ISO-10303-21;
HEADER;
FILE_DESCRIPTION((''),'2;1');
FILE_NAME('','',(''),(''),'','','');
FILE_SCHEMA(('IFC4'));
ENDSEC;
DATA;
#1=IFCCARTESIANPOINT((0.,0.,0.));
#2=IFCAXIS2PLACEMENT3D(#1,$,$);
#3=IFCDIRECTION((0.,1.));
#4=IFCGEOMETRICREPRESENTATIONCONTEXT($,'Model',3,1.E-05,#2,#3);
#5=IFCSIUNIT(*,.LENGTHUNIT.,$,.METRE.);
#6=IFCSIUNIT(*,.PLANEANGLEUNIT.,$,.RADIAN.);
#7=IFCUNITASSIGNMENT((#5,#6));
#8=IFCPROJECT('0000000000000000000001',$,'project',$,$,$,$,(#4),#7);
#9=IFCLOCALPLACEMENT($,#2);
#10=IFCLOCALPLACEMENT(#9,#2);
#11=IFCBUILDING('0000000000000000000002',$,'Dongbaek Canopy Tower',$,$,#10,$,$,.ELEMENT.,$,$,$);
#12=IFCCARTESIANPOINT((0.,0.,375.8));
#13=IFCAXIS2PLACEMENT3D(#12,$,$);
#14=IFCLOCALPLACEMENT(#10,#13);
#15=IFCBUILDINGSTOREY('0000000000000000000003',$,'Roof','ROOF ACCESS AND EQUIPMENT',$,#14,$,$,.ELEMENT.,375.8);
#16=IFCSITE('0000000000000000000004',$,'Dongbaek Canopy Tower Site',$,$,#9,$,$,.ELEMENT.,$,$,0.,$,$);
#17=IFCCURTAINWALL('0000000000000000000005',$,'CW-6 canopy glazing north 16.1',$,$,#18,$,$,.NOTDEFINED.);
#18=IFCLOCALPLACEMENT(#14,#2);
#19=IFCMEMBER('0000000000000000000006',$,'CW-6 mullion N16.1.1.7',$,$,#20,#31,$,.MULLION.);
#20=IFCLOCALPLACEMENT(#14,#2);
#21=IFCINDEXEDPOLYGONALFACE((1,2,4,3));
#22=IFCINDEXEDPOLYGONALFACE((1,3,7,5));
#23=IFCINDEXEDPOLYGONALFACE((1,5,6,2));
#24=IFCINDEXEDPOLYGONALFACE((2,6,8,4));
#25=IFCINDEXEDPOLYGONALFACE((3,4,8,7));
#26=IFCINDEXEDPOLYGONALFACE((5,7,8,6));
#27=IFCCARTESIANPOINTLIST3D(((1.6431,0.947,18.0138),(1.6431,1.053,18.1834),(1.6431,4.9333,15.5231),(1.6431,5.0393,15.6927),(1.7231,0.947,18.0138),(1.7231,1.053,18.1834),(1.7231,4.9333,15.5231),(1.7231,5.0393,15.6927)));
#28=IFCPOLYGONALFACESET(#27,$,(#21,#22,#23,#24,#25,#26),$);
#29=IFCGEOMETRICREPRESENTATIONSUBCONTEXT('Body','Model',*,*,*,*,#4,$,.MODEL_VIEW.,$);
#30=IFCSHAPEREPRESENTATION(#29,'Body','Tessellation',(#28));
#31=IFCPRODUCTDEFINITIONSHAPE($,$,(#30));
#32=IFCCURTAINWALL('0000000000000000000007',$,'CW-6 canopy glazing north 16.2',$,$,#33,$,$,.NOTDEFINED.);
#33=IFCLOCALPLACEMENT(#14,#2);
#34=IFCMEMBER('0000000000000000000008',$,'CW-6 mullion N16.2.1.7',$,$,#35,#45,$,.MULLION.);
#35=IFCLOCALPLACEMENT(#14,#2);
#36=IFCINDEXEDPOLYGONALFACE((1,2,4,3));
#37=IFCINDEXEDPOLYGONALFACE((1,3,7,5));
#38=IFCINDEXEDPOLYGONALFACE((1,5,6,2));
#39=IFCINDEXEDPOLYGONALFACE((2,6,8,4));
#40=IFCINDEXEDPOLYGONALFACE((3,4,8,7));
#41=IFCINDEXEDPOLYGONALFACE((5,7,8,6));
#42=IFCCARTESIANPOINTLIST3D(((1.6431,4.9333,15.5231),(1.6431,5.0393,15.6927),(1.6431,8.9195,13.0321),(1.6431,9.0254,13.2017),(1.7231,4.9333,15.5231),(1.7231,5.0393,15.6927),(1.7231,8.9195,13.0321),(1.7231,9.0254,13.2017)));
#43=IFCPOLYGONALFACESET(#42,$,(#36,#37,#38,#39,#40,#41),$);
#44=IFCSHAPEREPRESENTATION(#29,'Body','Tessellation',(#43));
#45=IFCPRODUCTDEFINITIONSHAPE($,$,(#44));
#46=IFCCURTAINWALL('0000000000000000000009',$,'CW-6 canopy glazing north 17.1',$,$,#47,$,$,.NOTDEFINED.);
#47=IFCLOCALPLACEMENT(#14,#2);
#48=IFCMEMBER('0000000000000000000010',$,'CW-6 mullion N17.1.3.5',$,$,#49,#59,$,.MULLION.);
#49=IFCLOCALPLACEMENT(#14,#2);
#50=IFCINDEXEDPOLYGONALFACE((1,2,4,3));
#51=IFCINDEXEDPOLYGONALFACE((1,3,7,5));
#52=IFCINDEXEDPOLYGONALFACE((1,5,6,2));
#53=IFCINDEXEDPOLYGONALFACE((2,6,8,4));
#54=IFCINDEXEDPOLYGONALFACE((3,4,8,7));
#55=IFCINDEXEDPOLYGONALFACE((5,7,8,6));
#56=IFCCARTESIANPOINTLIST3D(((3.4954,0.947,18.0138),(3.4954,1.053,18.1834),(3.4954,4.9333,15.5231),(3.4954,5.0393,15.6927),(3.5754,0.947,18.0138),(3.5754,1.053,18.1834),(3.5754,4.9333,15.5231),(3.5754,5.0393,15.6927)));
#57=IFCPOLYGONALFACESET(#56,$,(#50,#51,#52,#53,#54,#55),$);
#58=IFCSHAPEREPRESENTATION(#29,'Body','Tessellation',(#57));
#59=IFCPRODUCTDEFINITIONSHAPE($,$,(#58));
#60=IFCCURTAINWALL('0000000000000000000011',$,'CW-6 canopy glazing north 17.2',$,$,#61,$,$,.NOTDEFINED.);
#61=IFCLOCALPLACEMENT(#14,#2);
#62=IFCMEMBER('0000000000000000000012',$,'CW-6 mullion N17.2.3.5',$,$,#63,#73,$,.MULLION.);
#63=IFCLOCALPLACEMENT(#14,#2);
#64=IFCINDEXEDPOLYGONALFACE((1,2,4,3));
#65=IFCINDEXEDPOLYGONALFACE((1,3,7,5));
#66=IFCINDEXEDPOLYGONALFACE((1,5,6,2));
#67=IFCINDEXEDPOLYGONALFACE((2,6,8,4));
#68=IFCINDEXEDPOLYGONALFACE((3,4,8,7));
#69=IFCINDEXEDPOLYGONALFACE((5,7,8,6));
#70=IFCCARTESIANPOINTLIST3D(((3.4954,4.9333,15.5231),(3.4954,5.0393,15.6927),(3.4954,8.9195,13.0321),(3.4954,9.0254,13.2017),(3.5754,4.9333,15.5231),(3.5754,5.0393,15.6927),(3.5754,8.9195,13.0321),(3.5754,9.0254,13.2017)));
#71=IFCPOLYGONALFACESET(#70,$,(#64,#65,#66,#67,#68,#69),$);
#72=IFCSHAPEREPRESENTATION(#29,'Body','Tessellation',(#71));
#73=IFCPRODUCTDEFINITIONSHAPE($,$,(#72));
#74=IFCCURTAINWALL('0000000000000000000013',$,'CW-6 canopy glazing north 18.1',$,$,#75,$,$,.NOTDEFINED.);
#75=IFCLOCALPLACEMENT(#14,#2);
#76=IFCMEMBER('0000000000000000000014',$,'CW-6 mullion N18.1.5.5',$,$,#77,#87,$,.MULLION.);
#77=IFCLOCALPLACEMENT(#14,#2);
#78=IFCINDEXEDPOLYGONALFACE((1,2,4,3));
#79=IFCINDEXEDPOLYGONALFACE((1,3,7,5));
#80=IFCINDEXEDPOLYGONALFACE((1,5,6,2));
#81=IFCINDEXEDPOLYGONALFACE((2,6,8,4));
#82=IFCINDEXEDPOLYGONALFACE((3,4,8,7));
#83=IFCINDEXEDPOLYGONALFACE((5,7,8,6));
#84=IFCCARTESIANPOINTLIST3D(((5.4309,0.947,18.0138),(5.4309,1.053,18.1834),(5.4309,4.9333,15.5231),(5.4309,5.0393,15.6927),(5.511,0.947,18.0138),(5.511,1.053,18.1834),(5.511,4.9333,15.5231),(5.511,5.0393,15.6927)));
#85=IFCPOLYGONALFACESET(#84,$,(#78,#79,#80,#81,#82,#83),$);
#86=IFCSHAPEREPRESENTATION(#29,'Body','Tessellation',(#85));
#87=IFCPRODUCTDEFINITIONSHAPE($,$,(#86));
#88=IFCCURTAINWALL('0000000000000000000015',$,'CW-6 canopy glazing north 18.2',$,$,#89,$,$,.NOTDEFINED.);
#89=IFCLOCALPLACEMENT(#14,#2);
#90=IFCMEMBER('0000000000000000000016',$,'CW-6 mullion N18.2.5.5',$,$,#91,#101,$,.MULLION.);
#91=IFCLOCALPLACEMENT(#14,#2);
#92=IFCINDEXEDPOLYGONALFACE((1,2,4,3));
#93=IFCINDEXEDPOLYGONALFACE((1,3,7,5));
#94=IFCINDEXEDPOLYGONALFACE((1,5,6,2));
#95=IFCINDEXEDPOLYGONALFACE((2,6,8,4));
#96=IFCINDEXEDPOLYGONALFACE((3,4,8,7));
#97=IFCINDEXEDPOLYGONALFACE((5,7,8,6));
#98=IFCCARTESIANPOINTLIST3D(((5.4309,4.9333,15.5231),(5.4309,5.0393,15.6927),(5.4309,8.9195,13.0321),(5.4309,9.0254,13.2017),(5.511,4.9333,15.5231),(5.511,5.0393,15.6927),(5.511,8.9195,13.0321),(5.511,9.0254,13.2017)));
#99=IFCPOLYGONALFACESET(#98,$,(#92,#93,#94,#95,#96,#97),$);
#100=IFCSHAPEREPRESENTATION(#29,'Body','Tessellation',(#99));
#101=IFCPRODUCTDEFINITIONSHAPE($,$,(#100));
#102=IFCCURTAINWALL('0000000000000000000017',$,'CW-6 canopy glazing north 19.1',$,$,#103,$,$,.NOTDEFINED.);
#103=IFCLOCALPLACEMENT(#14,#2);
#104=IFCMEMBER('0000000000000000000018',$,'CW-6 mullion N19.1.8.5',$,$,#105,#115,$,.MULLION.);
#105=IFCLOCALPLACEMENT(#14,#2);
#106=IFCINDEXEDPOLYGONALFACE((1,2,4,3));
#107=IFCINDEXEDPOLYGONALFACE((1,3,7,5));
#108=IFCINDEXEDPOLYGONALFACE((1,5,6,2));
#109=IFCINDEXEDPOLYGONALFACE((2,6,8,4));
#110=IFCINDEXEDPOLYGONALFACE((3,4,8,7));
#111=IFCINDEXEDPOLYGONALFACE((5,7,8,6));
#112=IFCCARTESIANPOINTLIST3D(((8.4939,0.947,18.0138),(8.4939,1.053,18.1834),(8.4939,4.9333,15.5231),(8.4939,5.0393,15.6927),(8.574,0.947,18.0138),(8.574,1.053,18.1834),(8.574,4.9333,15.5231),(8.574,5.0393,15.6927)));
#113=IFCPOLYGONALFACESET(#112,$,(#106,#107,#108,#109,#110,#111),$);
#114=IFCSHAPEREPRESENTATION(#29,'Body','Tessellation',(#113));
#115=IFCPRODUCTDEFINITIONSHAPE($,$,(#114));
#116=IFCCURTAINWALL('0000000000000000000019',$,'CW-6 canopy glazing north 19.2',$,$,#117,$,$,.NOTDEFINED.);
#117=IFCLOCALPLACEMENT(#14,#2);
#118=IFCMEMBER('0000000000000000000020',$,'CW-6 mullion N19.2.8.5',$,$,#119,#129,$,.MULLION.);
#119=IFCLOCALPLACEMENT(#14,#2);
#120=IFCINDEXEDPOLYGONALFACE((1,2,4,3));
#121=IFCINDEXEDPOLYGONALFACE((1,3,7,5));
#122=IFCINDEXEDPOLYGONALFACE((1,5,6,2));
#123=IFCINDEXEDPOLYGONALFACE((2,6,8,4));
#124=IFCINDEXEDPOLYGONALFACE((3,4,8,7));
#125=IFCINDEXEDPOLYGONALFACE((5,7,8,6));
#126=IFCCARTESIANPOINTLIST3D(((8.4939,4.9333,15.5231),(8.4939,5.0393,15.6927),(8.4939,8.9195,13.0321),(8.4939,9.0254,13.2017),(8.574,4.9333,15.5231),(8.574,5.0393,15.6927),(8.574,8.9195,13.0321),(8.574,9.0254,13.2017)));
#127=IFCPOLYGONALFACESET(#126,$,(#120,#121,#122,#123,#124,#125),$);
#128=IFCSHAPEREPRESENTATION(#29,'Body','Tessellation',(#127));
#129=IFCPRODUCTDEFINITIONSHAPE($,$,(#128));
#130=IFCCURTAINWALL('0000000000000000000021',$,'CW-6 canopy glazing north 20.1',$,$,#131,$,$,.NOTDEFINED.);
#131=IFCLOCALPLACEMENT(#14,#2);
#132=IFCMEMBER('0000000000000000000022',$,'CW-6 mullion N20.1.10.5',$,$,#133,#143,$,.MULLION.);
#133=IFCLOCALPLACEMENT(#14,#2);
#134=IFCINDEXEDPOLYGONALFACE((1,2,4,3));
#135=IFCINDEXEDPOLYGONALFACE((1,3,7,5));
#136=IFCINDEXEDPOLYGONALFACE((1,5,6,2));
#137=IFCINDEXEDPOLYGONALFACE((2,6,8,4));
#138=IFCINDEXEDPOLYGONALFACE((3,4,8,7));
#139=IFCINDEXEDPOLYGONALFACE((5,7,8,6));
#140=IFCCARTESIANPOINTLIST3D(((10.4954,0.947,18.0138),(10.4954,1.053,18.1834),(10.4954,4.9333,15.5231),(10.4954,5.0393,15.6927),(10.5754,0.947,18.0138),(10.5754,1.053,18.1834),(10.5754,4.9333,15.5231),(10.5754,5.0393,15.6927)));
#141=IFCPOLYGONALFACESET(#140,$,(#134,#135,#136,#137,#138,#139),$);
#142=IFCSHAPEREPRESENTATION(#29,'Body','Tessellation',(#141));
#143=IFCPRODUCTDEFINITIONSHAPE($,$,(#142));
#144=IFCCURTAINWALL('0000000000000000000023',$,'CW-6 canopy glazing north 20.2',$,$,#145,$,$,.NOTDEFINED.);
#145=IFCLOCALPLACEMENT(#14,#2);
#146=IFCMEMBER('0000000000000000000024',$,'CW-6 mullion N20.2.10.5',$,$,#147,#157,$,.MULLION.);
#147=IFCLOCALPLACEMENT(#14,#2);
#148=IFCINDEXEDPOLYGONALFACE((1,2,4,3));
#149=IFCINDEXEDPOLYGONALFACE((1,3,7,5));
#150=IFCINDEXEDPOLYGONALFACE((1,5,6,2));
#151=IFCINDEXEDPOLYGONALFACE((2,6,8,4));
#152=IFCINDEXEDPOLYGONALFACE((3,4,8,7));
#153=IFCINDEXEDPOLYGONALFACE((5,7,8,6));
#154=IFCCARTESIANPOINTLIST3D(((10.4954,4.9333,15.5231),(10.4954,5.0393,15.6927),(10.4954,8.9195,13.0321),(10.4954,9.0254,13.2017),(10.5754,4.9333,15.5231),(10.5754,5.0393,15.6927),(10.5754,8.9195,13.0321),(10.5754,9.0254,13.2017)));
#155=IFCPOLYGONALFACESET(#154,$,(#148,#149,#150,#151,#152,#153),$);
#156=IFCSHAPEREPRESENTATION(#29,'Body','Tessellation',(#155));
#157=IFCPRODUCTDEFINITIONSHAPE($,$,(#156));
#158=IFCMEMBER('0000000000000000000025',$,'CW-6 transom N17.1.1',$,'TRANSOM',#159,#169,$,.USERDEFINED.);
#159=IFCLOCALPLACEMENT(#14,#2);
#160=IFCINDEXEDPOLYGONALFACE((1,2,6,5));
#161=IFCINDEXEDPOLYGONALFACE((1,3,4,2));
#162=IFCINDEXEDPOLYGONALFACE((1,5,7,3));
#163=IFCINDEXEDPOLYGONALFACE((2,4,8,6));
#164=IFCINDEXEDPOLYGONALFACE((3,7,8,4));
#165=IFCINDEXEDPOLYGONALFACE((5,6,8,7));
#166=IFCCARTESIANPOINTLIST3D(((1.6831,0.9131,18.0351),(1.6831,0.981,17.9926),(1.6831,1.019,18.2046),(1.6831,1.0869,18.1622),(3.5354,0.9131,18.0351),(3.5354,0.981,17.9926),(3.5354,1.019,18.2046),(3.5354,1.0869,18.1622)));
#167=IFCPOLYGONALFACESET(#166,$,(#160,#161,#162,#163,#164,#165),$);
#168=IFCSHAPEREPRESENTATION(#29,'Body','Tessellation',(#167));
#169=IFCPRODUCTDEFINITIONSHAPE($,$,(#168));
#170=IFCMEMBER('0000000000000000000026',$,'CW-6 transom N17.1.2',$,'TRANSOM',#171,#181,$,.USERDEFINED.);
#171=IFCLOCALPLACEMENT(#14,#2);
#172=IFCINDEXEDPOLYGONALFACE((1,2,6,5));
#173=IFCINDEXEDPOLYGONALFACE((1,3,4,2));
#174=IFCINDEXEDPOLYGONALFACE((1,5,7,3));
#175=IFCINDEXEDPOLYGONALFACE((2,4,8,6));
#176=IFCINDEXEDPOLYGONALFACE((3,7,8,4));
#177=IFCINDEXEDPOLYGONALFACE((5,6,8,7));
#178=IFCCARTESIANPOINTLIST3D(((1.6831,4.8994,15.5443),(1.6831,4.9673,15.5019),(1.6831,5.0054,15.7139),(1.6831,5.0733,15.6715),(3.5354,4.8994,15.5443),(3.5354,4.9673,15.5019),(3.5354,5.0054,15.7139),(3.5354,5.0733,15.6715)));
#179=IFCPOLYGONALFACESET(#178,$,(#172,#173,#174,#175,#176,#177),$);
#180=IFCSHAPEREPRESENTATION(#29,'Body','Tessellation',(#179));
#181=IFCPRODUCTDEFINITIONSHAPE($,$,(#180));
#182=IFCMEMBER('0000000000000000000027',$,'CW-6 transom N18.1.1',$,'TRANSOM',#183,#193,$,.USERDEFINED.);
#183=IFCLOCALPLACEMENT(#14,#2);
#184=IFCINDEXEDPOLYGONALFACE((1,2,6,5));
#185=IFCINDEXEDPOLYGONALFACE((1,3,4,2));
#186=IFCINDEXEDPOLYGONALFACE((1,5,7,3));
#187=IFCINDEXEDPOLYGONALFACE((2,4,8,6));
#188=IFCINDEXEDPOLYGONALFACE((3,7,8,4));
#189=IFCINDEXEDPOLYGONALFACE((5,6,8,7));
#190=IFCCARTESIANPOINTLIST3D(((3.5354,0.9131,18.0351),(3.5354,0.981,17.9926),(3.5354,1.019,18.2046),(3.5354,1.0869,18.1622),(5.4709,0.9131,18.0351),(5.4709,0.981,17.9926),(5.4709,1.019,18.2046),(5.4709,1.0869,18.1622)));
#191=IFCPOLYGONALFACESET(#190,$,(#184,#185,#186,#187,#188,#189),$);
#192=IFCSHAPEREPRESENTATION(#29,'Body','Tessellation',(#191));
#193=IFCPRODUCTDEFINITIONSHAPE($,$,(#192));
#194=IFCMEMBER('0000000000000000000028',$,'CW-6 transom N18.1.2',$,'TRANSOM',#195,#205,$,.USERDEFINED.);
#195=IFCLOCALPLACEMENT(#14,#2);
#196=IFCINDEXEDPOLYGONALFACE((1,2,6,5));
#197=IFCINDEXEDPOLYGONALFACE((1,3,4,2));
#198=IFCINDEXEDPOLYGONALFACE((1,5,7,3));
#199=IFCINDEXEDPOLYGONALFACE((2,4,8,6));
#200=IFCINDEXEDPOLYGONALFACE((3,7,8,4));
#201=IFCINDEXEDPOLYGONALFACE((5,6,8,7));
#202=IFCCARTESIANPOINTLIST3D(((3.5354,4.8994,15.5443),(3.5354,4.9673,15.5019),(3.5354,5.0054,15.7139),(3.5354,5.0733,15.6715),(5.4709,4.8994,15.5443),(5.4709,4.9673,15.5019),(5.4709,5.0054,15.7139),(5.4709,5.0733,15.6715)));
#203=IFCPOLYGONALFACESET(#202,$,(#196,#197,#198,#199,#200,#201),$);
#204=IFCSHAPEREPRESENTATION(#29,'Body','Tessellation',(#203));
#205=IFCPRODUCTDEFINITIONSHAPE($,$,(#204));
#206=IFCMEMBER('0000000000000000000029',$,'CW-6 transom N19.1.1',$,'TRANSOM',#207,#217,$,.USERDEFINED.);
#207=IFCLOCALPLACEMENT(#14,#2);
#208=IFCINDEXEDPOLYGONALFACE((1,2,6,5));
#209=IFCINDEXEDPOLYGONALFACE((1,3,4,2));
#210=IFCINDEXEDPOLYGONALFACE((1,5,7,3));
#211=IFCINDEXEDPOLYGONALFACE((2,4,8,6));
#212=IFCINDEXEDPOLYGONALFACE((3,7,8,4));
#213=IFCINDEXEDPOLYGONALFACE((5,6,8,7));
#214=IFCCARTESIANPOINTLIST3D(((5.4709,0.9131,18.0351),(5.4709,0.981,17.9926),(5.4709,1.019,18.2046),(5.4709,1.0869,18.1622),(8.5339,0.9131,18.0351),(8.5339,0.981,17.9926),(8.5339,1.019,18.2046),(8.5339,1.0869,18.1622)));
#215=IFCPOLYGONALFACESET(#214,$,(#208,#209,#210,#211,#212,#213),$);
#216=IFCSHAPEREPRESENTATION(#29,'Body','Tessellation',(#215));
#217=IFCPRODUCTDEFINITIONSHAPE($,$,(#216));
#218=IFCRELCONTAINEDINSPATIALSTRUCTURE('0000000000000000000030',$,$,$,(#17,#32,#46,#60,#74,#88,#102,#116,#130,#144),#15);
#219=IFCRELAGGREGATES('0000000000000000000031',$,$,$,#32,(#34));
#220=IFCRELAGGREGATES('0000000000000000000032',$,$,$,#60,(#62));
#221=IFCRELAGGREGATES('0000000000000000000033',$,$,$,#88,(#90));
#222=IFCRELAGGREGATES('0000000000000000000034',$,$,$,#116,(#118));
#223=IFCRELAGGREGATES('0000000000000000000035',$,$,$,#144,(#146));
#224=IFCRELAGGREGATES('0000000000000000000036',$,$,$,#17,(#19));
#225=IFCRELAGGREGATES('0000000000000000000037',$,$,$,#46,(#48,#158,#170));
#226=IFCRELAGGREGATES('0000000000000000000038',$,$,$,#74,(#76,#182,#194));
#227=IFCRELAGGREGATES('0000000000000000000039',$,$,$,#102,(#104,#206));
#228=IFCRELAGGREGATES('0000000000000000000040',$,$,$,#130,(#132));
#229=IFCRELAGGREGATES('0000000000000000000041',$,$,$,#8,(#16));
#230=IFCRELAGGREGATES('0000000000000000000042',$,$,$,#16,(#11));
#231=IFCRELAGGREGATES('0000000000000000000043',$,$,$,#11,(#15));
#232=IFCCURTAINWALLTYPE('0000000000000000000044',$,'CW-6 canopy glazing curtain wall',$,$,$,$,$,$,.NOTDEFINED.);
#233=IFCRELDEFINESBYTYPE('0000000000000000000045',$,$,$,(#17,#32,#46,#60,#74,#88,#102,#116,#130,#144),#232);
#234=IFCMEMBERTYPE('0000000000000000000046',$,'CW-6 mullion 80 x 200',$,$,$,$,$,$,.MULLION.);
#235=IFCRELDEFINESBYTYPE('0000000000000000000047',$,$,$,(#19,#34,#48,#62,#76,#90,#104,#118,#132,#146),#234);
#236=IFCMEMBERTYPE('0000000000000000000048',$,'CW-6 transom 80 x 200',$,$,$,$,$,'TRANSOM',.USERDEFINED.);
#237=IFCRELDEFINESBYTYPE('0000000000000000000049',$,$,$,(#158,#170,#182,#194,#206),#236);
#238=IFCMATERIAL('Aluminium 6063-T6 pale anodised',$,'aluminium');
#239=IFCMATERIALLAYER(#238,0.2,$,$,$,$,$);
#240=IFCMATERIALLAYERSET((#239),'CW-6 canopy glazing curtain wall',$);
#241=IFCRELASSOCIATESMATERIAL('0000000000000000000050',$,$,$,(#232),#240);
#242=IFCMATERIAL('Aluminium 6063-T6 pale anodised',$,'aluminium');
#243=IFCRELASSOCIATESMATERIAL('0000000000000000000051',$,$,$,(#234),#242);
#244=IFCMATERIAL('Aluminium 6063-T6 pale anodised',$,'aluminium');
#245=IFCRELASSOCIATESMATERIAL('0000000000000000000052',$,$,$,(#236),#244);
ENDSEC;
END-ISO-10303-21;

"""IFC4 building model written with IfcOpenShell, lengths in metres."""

from ifc_helpers import new_model, si_unit, direction, frame, origin, origin_2d, place, context, subcontext, project, spatial, rectangle, extrude, material, layer, layer_set, material_profile, profile_set, type_object, element, aggregate, save


model = new_model("IFC4")

# Units and contexts
model_context = context("Model", 3, precision=1e-05, world=origin(), true_north=direction((0.0, 1.0)))
body_context = subcontext(model_context, "Body", "Model", "MODEL_VIEW")
ifc_project = project(units=[si_unit("LENGTHUNIT", "METRE"), si_unit("PLANEANGLEUNIT", "RADIAN")], contexts=[model_context])

# Site, building, storey
site_placement = place(None, origin())
site = spatial("IfcSite", under=ifc_project, at=site_placement, Name="Dongbaek Canopy Tower Site", CompositionType="ELEMENT", RefElevation=0.0)
building_placement = place(site_placement, origin())
building = spatial("IfcBuilding", under=site, at=building_placement, Name="Dongbaek Canopy Tower", CompositionType="ELEMENT")
storey_placement = place(building_placement, frame((0.0, 0.0, 375.8)))
storey = spatial("IfcBuildingStorey", under=building, at=storey_placement, Name="Roof", Description="ROOF ACCESS AND EQUIPMENT", CompositionType="ELEMENT", Elevation=375.8)

# Curtain walls, members
ifc_material_1 = material(Name="Aluminium 6063-T6 pale anodised", Category="aluminium")
ifc_layer_1 = layer(ifc_material_1, 0.2)
ifc_layer_set_1 = layer_set([ifc_layer_1], Name="CW-6 canopy glazing curtain wall")
curtain_wall_type = type_object("IfcCurtainWallType", Name="CW-6 canopy glazing curtain wall", PredefinedType="NOTDEFINED", material=ifc_layer_set_1)
curtain_wall_1_placement = place(storey_placement, origin())
curtain_wall_1 = element("IfcCurtainWall", 1, at=curtain_wall_1_placement, inside=storey, type_object=curtain_wall_type, Name="CW-6 canopy glazing north 16.1", PredefinedType="NOTDEFINED")
ifc_material_2 = material(Name="Aluminium 6063-T6 pale anodised", Category="aluminium")
ifc_material_profile_1 = material_profile(ifc_material_2, rectangle(XDim=0.0801, YDim=0.2, at=origin_2d()), Name="CW-6 mullion 80 x 200")
ifc_profile_set_1 = profile_set([ifc_material_profile_1], Name="Aluminium 6063-T6 pale anodised")
member_type_1 = type_object("IfcMemberType", Name="CW-6 mullion 80 x 200", PredefinedType="MULLION", material=ifc_profile_set_1)
member_1_placement = place(storey_placement, frame((1.6831, 1.0, 18.0986), z_axis=(0.0, 0.848068, -0.529887), x_axis=(-1.0, 0.0, 0.0)))
member_1 = element("IfcMember", 2, at=member_1_placement, type_object=member_type_1, Name="CW-6 mullion N16.1.1.7", PredefinedType="MULLION", context=body_context, shape_type="SweptSolid", body=[
    extrude(rectangle(XDim=0.0801, YDim=0.2, at=origin_2d()), origin(), (0.0, 0.0, 1.0), 4.7004),
])
curtain_wall_2_placement = place(storey_placement, origin())
curtain_wall_2 = element("IfcCurtainWall", 3, at=curtain_wall_2_placement, inside=storey, type_object=curtain_wall_type, Name="CW-6 canopy glazing north 16.2", PredefinedType="NOTDEFINED")
member_2_placement = place(storey_placement, frame((1.6831, 4.9863, 15.6079), z_axis=(0.0, 0.84803, -0.529948), x_axis=(-1.0, 0.0, 0.0)))
member_2 = element("IfcMember", 4, at=member_2_placement, type_object=member_type_1, Name="CW-6 mullion N16.2.1.7", PredefinedType="MULLION", context=body_context, shape_type="SweptSolid", body=[
    extrude(rectangle(XDim=0.0801, YDim=0.2, at=origin_2d()), origin(), (0.0, 0.0, 1.0), 4.7004),
])
aggregate(curtain_wall_2, [member_2])
curtain_wall_3_placement = place(storey_placement, origin())
curtain_wall_3 = element("IfcCurtainWall", 5, at=curtain_wall_3_placement, inside=storey, type_object=curtain_wall_type, Name="CW-6 canopy glazing north 17.1", PredefinedType="NOTDEFINED")
member_3_placement = place(storey_placement, frame((3.5354, 1.0, 18.0986), z_axis=(0.0, 0.848068, -0.529887), x_axis=(-1.0, 0.0, 0.0)))
member_3 = element("IfcMember", 6, at=member_3_placement, type_object=member_type_1, Name="CW-6 mullion N17.1.3.5", PredefinedType="MULLION", context=body_context, shape_type="SweptSolid", body=[
    extrude(rectangle(XDim=0.0801, YDim=0.2, at=origin_2d()), origin(), (0.0, 0.0, 1.0), 4.7004),
])
curtain_wall_4_placement = place(storey_placement, origin())
curtain_wall_4 = element("IfcCurtainWall", 7, at=curtain_wall_4_placement, inside=storey, type_object=curtain_wall_type, Name="CW-6 canopy glazing north 17.2", PredefinedType="NOTDEFINED")
member_4_placement = place(storey_placement, frame((3.5354, 4.9863, 15.6079), z_axis=(0.0, 0.84803, -0.529948), x_axis=(-1.0, 0.0, 0.0)))
member_4 = element("IfcMember", 8, at=member_4_placement, type_object=member_type_1, Name="CW-6 mullion N17.2.3.5", PredefinedType="MULLION", context=body_context, shape_type="SweptSolid", body=[
    extrude(rectangle(XDim=0.0801, YDim=0.2, at=origin_2d()), origin(), (0.0, 0.0, 1.0), 4.7004),
])
aggregate(curtain_wall_4, [member_4])
curtain_wall_5_placement = place(storey_placement, origin())
curtain_wall_5 = element("IfcCurtainWall", 9, at=curtain_wall_5_placement, inside=storey, type_object=curtain_wall_type, Name="CW-6 canopy glazing north 18.1", PredefinedType="NOTDEFINED")
member_5_placement = place(storey_placement, frame((5.4709, 1.0, 18.0986), z_axis=(0.0, 0.848068, -0.529887), x_axis=(-1.0, 0.0, 0.0)))
member_5 = element("IfcMember", 10, at=member_5_placement, type_object=member_type_1, Name="CW-6 mullion N18.1.5.5", PredefinedType="MULLION", context=body_context, shape_type="SweptSolid", body=[
    extrude(rectangle(XDim=0.0801, YDim=0.2, at=origin_2d()), origin(), (0.0, 0.0, 1.0), 4.7004),
])
curtain_wall_6_placement = place(storey_placement, origin())
curtain_wall_6 = element("IfcCurtainWall", 11, at=curtain_wall_6_placement, inside=storey, type_object=curtain_wall_type, Name="CW-6 canopy glazing north 18.2", PredefinedType="NOTDEFINED")
member_6_placement = place(storey_placement, frame((5.4709, 4.9863, 15.6079), z_axis=(0.0, 0.84803, -0.529948), x_axis=(-1.0, 0.0, 0.0)))
member_6 = element("IfcMember", 12, at=member_6_placement, type_object=member_type_1, Name="CW-6 mullion N18.2.5.5", PredefinedType="MULLION", context=body_context, shape_type="SweptSolid", body=[
    extrude(rectangle(XDim=0.0801, YDim=0.2, at=origin_2d()), origin(), (0.0, 0.0, 1.0), 4.7004),
])
aggregate(curtain_wall_6, [member_6])
curtain_wall_7_placement = place(storey_placement, origin())
curtain_wall_7 = element("IfcCurtainWall", 13, at=curtain_wall_7_placement, inside=storey, type_object=curtain_wall_type, Name="CW-6 canopy glazing north 19.1", PredefinedType="NOTDEFINED")
member_7_placement = place(storey_placement, frame((8.5339, 1.0, 18.0986), z_axis=(0.0, 0.848068, -0.529887), x_axis=(-1.0, 0.0, 0.0)))
member_7 = element("IfcMember", 14, at=member_7_placement, type_object=member_type_1, Name="CW-6 mullion N19.1.8.5", PredefinedType="MULLION", context=body_context, shape_type="SweptSolid", body=[
    extrude(rectangle(XDim=0.0801, YDim=0.2, at=origin_2d()), origin(), (0.0, 0.0, 1.0), 4.7004),
])
curtain_wall_8_placement = place(storey_placement, origin())
curtain_wall_8 = element("IfcCurtainWall", 15, at=curtain_wall_8_placement, inside=storey, type_object=curtain_wall_type, Name="CW-6 canopy glazing north 19.2", PredefinedType="NOTDEFINED")
member_8_placement = place(storey_placement, frame((8.5339, 4.9863, 15.6079), z_axis=(0.0, 0.84803, -0.529948), x_axis=(-1.0, 0.0, 0.0)))
member_8 = element("IfcMember", 16, at=member_8_placement, type_object=member_type_1, Name="CW-6 mullion N19.2.8.5", PredefinedType="MULLION", context=body_context, shape_type="SweptSolid", body=[
    extrude(rectangle(XDim=0.0801, YDim=0.2, at=origin_2d()), origin(), (0.0, 0.0, 1.0), 4.7004),
])
aggregate(curtain_wall_8, [member_8])
curtain_wall_9_placement = place(storey_placement, origin())
curtain_wall_9 = element("IfcCurtainWall", 17, at=curtain_wall_9_placement, inside=storey, type_object=curtain_wall_type, Name="CW-6 canopy glazing north 20.1", PredefinedType="NOTDEFINED")
member_9_placement = place(storey_placement, frame((10.5354, 1.0, 18.0986), z_axis=(0.0, 0.848068, -0.529887), x_axis=(-1.0, 0.0, 0.0)))
member_9 = element("IfcMember", 18, at=member_9_placement, type_object=member_type_1, Name="CW-6 mullion N20.1.10.5", PredefinedType="MULLION", context=body_context, shape_type="SweptSolid", body=[
    extrude(rectangle(XDim=0.0801, YDim=0.2, at=origin_2d()), origin(), (0.0, 0.0, 1.0), 4.7004),
])
curtain_wall_10_placement = place(storey_placement, origin())
curtain_wall_10 = element("IfcCurtainWall", 19, at=curtain_wall_10_placement, inside=storey, type_object=curtain_wall_type, Name="CW-6 canopy glazing north 20.2", PredefinedType="NOTDEFINED")
member_10_placement = place(storey_placement, frame((10.5354, 4.9863, 15.6079), z_axis=(0.0, 0.84803, -0.529948), x_axis=(-1.0, 0.0, 0.0)))
member_10 = element("IfcMember", 20, at=member_10_placement, type_object=member_type_1, Name="CW-6 mullion N20.2.10.5", PredefinedType="MULLION", context=body_context, shape_type="SweptSolid", body=[
    extrude(rectangle(XDim=0.0801, YDim=0.2, at=origin_2d()), origin(), (0.0, 0.0, 1.0), 4.7004),
])
aggregate(curtain_wall_10, [member_10])

# Members
ifc_material_3 = material(Name="Aluminium 6063-T6 pale anodised", Category="aluminium")
ifc_material_profile_2 = material_profile(ifc_material_3, rectangle(XDim=0.0801, YDim=0.2, at=origin_2d()), Name="CW-6 transom 80 x 200")
ifc_profile_set_2 = profile_set([ifc_material_profile_2], Name="Aluminium 6063-T6 pale anodised")
member_type_2 = type_object("IfcMemberType", Name="CW-6 transom 80 x 200", ElementType="TRANSOM", PredefinedType="USERDEFINED", material=ifc_profile_set_2)
member_11_placement = place(storey_placement, frame((1.6831, 1.0, 18.0986), z_axis=(1.0, 0.0, 0.0), x_axis=(0.0, 0.848048, -0.529919)))
member_11 = element("IfcMember", 21, at=member_11_placement, type_object=member_type_2, Name="CW-6 transom N17.1.1", ObjectType="TRANSOM", PredefinedType="USERDEFINED", context=body_context, shape_type="SweptSolid", body=[
    extrude(rectangle(XDim=0.0801, YDim=0.2, at=origin_2d()), origin(), (0.0, 0.0, 1.0), 1.8523),
])
member_12_placement = place(storey_placement, frame((1.6831, 4.9863, 15.6079), z_axis=(1.0, 0.0, 0.0), x_axis=(0.0, 0.848048, -0.529919)))
member_12 = element("IfcMember", 22, at=member_12_placement, type_object=member_type_2, Name="CW-6 transom N17.1.2", ObjectType="TRANSOM", PredefinedType="USERDEFINED", context=body_context, shape_type="SweptSolid", body=[
    extrude(rectangle(XDim=0.0801, YDim=0.2, at=origin_2d()), origin(), (0.0, 0.0, 1.0), 1.8523),
])
member_13_placement = place(storey_placement, frame((3.5354, 1.0, 18.0986), z_axis=(1.0, 0.0, 0.0), x_axis=(0.0, 0.848048, -0.529919)))
member_13 = element("IfcMember", 23, at=member_13_placement, type_object=member_type_2, Name="CW-6 transom N18.1.1", ObjectType="TRANSOM", PredefinedType="USERDEFINED", context=body_context, shape_type="SweptSolid", body=[
    extrude(rectangle(XDim=0.0801, YDim=0.2, at=origin_2d()), origin(), (0.0, 0.0, 1.0), 1.9355),
])
member_14_placement = place(storey_placement, frame((3.5354, 4.9863, 15.6079), z_axis=(1.0, 0.0, 0.0), x_axis=(0.0, 0.848048, -0.529919)))
member_14 = element("IfcMember", 24, at=member_14_placement, type_object=member_type_2, Name="CW-6 transom N18.1.2", ObjectType="TRANSOM", PredefinedType="USERDEFINED", context=body_context, shape_type="SweptSolid", body=[
    extrude(rectangle(XDim=0.0801, YDim=0.2, at=origin_2d()), origin(), (0.0, 0.0, 1.0), 1.9355),
])
member_15_placement = place(storey_placement, frame((5.4709, 1.0, 18.0986), z_axis=(1.0, 0.0, 0.0), x_axis=(0.0, 0.848048, -0.529919)))
member_15 = element("IfcMember", 25, at=member_15_placement, type_object=member_type_2, Name="CW-6 transom N19.1.1", ObjectType="TRANSOM", PredefinedType="USERDEFINED", context=body_context, shape_type="SweptSolid", body=[
    extrude(rectangle(XDim=0.0801, YDim=0.2, at=origin_2d()), origin(), (0.0, 0.0, 1.0), 3.063),
])

aggregate(curtain_wall_1, [member_1])
aggregate(curtain_wall_3, [member_3, member_11, member_12])
aggregate(curtain_wall_5, [member_5, member_13, member_14])
aggregate(curtain_wall_7, [member_7, member_15])
aggregate(curtain_wall_9, [member_9])

save(model, "model.ifc")
